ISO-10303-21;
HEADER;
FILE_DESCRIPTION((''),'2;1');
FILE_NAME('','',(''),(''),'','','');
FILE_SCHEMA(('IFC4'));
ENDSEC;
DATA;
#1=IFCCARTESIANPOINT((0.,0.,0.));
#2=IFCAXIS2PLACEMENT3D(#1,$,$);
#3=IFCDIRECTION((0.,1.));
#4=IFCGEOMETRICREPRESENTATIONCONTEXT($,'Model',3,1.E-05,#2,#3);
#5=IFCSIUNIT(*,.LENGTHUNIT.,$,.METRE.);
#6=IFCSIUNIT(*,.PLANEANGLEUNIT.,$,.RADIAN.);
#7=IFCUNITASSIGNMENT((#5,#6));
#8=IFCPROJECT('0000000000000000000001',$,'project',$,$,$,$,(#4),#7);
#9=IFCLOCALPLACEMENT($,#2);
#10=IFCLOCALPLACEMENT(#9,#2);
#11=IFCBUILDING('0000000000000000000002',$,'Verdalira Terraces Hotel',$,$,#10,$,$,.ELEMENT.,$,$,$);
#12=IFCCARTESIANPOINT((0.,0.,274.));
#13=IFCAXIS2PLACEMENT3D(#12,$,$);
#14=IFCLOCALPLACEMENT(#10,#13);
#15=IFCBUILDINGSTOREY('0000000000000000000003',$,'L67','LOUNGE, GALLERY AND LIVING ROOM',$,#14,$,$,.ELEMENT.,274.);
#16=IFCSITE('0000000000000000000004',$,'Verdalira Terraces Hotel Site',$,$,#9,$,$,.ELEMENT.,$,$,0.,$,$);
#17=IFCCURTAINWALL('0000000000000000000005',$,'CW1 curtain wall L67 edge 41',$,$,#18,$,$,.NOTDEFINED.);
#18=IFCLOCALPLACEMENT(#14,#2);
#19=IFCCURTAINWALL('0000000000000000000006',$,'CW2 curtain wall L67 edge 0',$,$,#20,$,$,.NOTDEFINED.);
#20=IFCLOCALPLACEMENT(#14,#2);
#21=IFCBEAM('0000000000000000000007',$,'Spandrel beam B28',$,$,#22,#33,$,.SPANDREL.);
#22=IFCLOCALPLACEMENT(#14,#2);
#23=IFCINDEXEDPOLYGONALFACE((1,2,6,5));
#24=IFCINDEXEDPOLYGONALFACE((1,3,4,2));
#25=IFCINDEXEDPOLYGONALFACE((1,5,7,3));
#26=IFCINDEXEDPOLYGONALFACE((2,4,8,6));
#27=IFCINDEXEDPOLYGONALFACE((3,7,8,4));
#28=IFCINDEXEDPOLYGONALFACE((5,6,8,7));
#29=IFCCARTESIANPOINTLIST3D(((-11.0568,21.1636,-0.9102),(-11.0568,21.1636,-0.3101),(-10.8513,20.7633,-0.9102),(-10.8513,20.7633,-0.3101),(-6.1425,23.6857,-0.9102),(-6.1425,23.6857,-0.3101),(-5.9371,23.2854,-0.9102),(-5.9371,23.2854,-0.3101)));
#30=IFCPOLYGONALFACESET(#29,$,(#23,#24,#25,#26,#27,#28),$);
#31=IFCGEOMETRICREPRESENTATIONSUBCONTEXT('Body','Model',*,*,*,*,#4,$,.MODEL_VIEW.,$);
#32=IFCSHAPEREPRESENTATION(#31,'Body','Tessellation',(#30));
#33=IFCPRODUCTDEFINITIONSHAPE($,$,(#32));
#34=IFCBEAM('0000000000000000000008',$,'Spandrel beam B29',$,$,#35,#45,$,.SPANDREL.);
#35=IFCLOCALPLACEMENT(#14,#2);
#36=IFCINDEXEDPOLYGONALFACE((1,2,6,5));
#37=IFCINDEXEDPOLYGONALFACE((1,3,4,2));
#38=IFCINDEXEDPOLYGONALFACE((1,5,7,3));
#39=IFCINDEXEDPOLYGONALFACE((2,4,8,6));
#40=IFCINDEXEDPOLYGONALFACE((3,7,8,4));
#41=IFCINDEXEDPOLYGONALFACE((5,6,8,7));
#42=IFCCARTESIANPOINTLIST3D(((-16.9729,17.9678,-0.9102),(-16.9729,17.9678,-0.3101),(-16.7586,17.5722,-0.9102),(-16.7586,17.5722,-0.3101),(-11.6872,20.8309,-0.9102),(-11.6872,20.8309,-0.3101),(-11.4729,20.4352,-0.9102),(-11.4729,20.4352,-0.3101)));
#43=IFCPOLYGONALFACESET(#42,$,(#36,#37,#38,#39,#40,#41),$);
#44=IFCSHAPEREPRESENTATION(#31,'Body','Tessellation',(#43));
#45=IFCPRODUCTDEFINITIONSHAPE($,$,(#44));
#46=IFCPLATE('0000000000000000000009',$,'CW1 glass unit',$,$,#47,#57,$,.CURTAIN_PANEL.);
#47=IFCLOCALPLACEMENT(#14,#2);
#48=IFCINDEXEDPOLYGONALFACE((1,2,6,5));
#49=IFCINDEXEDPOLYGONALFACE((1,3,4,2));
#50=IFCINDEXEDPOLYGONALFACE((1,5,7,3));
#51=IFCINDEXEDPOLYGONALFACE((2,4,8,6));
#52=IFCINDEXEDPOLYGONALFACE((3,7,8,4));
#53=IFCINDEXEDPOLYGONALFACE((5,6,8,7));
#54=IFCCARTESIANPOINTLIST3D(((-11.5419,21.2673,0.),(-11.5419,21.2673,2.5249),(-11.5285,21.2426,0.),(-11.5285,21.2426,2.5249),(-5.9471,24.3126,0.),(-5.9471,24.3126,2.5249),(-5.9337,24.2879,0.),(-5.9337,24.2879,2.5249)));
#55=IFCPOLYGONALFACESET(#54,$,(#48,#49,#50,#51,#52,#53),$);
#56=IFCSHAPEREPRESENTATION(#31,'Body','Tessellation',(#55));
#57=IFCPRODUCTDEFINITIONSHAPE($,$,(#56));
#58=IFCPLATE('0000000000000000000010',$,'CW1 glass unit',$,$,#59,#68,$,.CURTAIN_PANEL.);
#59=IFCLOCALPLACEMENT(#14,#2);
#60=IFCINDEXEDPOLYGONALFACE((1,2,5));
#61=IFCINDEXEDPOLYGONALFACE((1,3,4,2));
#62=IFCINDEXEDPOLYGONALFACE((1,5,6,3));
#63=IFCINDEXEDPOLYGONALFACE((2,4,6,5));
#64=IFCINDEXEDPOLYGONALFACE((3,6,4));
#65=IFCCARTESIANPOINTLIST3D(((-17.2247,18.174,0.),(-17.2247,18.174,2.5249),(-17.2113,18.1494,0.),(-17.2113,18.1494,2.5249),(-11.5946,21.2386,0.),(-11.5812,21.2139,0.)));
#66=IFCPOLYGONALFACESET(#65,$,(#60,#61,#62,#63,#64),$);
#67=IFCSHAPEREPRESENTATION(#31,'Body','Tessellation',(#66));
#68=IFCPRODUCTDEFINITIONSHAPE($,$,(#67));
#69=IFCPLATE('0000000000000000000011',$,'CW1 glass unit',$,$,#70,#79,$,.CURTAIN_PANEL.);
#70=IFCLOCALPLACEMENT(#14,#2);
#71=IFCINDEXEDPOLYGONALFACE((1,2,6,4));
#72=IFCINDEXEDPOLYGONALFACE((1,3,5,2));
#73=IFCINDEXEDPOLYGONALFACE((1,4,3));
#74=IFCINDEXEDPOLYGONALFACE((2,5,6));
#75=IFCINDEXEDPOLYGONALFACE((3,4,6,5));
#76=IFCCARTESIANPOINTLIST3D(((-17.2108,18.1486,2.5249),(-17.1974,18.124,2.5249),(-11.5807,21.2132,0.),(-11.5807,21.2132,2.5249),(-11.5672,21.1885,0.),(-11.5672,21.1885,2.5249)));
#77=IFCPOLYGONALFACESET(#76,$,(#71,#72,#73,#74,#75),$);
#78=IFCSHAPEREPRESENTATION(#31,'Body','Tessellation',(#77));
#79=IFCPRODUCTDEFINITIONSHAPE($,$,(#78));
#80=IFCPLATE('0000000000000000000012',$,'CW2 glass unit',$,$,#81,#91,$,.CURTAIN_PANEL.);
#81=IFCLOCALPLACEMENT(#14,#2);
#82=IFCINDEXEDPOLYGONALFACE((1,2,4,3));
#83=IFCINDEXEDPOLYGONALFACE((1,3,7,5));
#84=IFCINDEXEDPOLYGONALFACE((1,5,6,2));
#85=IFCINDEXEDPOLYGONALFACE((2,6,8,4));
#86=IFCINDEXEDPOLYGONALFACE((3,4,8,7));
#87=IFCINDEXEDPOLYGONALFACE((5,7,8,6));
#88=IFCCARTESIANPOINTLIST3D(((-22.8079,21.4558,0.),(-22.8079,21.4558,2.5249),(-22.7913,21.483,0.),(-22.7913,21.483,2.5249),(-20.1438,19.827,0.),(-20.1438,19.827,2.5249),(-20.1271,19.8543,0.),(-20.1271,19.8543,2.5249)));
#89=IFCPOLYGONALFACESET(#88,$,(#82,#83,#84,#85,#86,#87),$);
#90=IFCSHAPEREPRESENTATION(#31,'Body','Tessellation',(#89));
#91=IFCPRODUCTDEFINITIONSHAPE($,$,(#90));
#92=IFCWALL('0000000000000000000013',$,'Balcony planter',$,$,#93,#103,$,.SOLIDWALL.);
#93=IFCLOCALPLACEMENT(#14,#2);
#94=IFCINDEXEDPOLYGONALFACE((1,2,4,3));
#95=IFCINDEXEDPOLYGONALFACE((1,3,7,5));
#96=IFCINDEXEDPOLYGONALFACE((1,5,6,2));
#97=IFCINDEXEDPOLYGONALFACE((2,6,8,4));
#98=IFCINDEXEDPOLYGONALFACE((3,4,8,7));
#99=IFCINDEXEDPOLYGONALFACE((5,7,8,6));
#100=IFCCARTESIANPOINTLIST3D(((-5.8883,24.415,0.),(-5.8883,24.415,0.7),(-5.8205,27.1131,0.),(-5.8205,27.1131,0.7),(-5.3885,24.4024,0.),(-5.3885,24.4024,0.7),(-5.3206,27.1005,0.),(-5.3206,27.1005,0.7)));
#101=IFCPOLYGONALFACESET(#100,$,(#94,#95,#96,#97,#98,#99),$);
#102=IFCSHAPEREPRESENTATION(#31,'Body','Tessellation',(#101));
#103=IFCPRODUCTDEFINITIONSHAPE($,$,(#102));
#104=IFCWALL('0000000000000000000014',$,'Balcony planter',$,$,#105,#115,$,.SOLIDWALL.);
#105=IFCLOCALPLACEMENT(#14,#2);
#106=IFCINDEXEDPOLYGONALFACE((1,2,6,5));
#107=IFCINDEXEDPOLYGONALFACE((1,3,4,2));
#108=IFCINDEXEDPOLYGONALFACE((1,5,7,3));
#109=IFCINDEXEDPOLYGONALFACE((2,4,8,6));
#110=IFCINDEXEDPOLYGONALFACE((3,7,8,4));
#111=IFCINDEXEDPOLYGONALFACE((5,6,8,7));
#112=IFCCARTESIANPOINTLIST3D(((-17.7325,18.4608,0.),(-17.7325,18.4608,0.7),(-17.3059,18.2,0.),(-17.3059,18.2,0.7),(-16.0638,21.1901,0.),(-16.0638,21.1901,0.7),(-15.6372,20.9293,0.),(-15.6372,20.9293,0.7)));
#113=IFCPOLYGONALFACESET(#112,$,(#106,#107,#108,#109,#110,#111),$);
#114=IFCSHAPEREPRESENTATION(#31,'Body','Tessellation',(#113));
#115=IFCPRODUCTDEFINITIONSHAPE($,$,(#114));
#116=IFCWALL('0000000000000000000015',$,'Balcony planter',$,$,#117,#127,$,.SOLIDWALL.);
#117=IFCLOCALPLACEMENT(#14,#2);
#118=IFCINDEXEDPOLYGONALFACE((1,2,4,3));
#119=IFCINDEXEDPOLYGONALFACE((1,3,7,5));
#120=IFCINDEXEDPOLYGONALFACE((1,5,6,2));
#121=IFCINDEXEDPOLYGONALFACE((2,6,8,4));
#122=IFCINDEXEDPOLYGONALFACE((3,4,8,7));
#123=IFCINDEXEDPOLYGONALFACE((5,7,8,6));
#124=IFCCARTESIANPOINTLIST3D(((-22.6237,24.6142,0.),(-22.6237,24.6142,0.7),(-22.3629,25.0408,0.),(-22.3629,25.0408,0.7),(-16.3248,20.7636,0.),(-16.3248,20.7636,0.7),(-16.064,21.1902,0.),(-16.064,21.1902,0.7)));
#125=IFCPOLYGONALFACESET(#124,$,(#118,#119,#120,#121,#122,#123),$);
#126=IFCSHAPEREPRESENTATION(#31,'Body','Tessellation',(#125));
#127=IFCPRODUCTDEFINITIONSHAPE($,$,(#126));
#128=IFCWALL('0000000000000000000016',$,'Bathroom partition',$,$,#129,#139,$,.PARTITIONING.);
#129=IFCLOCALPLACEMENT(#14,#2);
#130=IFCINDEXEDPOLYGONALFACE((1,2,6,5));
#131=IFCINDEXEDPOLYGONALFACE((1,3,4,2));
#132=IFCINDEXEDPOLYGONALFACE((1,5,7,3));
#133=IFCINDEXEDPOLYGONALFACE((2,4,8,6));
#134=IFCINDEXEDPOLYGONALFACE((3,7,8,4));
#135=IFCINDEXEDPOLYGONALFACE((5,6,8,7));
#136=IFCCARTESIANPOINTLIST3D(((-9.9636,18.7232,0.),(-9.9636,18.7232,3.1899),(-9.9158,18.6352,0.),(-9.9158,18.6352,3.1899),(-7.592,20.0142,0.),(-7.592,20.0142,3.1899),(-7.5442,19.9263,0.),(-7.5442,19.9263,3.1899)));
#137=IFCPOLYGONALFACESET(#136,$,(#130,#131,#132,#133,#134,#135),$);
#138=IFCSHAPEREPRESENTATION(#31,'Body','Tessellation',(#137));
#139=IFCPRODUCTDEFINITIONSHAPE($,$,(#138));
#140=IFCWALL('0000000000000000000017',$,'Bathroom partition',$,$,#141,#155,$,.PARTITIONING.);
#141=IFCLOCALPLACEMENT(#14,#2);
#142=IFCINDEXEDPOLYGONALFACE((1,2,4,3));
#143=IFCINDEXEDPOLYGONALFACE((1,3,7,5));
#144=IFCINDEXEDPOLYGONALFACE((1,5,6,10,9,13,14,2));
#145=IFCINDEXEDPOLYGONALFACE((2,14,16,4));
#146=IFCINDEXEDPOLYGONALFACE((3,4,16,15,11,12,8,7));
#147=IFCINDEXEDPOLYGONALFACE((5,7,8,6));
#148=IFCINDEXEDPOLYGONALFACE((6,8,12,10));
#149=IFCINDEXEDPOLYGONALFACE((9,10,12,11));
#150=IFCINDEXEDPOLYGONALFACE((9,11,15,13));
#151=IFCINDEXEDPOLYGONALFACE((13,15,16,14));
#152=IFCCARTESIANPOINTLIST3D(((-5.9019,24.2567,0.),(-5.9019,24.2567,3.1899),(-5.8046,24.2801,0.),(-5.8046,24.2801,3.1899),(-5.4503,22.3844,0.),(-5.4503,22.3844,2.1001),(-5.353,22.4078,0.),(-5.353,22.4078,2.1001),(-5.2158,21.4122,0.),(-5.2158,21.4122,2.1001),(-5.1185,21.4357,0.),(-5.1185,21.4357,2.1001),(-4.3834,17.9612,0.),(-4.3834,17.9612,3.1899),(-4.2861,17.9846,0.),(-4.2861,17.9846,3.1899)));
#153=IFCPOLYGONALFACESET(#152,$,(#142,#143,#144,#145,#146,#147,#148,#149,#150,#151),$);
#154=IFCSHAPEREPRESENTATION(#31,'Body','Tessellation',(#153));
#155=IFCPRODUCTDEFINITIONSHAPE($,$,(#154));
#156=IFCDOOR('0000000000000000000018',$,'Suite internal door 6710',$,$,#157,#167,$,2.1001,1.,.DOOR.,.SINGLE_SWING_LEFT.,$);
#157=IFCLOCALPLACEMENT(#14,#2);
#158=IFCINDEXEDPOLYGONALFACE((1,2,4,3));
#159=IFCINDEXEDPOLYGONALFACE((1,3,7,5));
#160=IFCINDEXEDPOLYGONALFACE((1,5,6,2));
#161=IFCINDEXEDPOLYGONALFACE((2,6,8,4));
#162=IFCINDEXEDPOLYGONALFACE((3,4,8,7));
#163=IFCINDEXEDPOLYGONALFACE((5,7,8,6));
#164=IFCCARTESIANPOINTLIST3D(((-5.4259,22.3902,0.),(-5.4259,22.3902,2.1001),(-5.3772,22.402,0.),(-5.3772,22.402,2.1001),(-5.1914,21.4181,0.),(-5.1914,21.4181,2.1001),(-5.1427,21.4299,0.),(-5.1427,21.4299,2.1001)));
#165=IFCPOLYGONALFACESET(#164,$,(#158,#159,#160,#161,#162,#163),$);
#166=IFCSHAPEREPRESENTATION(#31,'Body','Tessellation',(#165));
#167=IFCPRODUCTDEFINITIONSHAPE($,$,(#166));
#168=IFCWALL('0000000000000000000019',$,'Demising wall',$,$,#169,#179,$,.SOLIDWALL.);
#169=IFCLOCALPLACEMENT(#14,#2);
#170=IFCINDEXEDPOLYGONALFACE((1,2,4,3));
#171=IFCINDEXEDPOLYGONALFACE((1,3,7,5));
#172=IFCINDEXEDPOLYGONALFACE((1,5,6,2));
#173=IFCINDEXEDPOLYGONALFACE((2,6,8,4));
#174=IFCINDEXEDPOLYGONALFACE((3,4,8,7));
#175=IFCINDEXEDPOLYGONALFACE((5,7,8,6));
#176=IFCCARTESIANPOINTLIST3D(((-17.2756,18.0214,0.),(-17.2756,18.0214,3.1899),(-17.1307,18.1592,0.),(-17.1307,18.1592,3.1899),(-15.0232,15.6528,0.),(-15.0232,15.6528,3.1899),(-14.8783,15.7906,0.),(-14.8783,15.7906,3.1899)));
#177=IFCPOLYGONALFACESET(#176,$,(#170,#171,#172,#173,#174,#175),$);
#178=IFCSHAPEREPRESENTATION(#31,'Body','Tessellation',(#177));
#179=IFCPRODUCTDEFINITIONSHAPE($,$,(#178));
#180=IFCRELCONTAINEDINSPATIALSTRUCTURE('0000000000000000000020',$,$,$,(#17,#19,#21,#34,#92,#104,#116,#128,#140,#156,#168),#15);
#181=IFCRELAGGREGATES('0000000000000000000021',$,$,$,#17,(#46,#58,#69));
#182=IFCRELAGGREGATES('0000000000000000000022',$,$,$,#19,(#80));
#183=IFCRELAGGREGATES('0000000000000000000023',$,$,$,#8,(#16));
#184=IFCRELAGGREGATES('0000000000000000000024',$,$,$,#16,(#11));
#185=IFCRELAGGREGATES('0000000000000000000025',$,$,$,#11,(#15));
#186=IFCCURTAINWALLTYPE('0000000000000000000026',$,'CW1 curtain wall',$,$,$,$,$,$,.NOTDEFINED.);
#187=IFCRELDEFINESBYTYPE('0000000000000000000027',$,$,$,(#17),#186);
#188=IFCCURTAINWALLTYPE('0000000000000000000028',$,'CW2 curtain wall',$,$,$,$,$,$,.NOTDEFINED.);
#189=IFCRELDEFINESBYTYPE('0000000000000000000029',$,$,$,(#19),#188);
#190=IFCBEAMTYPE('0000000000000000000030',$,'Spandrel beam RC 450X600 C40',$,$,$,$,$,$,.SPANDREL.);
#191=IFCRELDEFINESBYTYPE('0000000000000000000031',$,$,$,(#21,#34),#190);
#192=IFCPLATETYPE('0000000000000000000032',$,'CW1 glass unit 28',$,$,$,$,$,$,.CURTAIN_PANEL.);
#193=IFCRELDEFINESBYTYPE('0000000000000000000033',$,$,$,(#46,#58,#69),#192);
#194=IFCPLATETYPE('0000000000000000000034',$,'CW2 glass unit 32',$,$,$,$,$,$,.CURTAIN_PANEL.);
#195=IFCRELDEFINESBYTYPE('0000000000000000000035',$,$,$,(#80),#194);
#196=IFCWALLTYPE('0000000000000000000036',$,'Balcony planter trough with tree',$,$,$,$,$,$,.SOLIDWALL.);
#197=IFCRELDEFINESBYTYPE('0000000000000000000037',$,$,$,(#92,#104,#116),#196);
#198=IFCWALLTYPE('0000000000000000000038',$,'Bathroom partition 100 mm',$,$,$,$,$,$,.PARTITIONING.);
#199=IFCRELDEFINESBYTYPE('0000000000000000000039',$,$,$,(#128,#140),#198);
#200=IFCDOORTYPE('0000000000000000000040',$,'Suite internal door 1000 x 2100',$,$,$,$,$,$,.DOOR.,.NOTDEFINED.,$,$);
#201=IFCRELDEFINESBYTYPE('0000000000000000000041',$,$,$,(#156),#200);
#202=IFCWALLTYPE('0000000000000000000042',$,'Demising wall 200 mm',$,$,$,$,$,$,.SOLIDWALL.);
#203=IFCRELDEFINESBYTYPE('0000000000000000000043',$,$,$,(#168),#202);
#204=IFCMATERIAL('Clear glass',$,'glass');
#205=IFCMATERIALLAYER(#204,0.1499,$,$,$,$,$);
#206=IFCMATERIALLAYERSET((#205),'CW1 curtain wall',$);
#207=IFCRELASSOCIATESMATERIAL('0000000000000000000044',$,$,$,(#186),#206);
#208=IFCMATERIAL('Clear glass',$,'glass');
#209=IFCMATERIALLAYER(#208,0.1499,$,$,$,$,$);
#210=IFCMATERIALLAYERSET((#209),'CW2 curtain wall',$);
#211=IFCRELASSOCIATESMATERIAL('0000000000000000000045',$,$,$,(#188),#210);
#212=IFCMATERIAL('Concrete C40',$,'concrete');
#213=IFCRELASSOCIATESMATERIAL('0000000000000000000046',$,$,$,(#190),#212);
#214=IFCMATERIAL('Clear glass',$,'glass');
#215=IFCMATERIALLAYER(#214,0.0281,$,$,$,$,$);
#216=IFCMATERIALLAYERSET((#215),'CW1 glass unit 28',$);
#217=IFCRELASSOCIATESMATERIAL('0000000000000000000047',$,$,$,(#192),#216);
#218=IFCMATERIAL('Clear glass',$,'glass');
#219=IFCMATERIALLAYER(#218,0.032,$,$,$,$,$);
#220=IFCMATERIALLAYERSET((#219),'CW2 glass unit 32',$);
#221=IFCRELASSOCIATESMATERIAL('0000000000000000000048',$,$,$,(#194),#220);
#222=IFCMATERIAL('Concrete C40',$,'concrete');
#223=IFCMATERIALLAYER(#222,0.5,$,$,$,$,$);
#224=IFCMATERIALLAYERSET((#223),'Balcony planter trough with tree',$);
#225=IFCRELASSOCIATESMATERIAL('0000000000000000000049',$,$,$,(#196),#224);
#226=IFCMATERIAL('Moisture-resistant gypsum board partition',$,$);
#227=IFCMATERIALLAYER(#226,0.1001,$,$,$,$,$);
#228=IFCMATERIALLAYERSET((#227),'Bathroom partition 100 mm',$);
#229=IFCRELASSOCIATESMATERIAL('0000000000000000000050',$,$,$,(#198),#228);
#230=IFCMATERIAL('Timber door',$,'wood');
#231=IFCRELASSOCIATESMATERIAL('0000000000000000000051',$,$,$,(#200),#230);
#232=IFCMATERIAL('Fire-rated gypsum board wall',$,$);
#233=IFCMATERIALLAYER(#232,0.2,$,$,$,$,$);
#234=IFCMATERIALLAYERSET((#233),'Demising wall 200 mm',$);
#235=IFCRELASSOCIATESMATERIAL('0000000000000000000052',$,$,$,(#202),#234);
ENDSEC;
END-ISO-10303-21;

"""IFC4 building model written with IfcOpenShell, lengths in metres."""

from ifc_helpers import new_model, si_unit, direction, frame, frame_2d, origin, origin_2d, place, context, subcontext, project, spatial, polyline, rectangle, outline, extrude, material, layer, layer_set, material_profile, profile_set, type_object, element, fill, aggregate, save


model = new_model("IFC4")

# Units and contexts
model_context = context("Model", 3, precision=1e-05, world=origin(), true_north=direction((0.0, 1.0)))
body_context = subcontext(model_context, "Body", "Model", "MODEL_VIEW")
ifc_project = project(units=[si_unit("LENGTHUNIT", "METRE"), si_unit("PLANEANGLEUNIT", "RADIAN")], contexts=[model_context])

# Site, building, storey
site_placement = place(None, origin())
site = spatial("IfcSite", under=ifc_project, at=site_placement, Name="Verdalira Terraces Hotel Site", CompositionType="ELEMENT", RefElevation=0.0)
building_placement = place(site_placement, origin())
building = spatial("IfcBuilding", under=site, at=building_placement, Name="Verdalira Terraces Hotel", CompositionType="ELEMENT")
storey_placement = place(building_placement, frame((0.0, 0.0, 274.0)))
storey = spatial("IfcBuildingStorey", under=building, at=storey_placement, Name="L67", Description="LOUNGE, GALLERY AND LIVING ROOM", CompositionType="ELEMENT", Elevation=274.0)

# Shared definitions
ifc_material_1 = material(Name="Clear glass", Category="glass")
ifc_layer_1 = layer(ifc_material_1, 0.1499)
ifc_layer_set_1 = layer_set([ifc_layer_1], Name="CW1 curtain wall")
curtain_wall_type_1 = type_object("IfcCurtainWallType", Name="CW1 curtain wall", PredefinedType="NOTDEFINED", material=ifc_layer_set_1)

# Curtain walls
curtain_wall_1_placement = place(storey_placement, origin())
curtain_wall_1 = element("IfcCurtainWall", 1, at=curtain_wall_1_placement, inside=storey, type_object=curtain_wall_type_1, Name="CW1 curtain wall L67 edge 41", PredefinedType="NOTDEFINED")
ifc_material_2 = material(Name="Clear glass", Category="glass")
ifc_layer_2 = layer(ifc_material_2, 0.1499)
ifc_layer_set_2 = layer_set([ifc_layer_2], Name="CW2 curtain wall")
curtain_wall_type_2 = type_object("IfcCurtainWallType", Name="CW2 curtain wall", PredefinedType="NOTDEFINED", material=ifc_layer_set_2)
curtain_wall_2_placement = place(storey_placement, origin())
curtain_wall_2 = element("IfcCurtainWall", 2, at=curtain_wall_2_placement, inside=storey, type_object=curtain_wall_type_2, Name="CW2 curtain wall L67 edge 0", PredefinedType="NOTDEFINED")

# Beams
ifc_material_3 = material(Name="Concrete C40", Category="concrete")
ifc_material_profile_1 = material_profile(ifc_material_3, rectangle(XDim=0.45, YDim=0.6001, at=origin_2d()), Name="RC 450X600")
ifc_profile_set_1 = profile_set([ifc_material_profile_1], Name="Concrete C40")
beam_type_1 = type_object("IfcBeamType", Name="Spandrel beam RC 450X600 C40", PredefinedType="SPANDREL", material=ifc_profile_set_1)
beam_1_placement = place(storey_placement, frame((-6.0398, 23.4856, -0.6101), z_axis=(-0.889666, -0.456612, 0.0), x_axis=(0.456612, -0.889666, 0.0)))
element("IfcBeam", 3, at=beam_1_placement, inside=storey, type_object=beam_type_1, Name="Spandrel beam B28", PredefinedType="SPANDREL", context=body_context, shape_type="SweptSolid", body=[
    extrude(rectangle(XDim=0.45, YDim=0.6001, at=origin_2d()), origin(), (0.0, 0.0, 1.0), 5.5237),
])
beam_2_placement = place(storey_placement, frame((-11.5801, 20.6331, -0.6101), z_axis=(-0.879293, -0.476281, 0.0), x_axis=(0.476281, -0.879293, 0.0)))
element("IfcBeam", 4, at=beam_2_placement, inside=storey, type_object=beam_type_1, Name="Spandrel beam B29", PredefinedType="SPANDREL", context=body_context, shape_type="SweptSolid", body=[
    extrude(rectangle(XDim=0.45, YDim=0.6001, at=origin_2d()), origin(), (0.0, 0.0, 1.0), 6.0112),
])

# Plates
ifc_material_4 = material(Name="Clear glass", Category="glass")
ifc_layer_3 = layer(ifc_material_4, 0.0281)
ifc_layer_set_3 = layer_set([ifc_layer_3], Name="CW1 glass unit 28")
plate_type_1 = type_object("IfcPlateType", Name="CW1 glass unit 28", PredefinedType="CURTAIN_PANEL", material=ifc_layer_set_3)
plate_1_placement = place(storey_placement, frame((-8.7378, 22.7776, 0.0), z_axis=(0.0, 0.0, 1.0), x_axis=(-0.878317, -0.478079, 0.0)))
plate_1 = element("IfcPlate", 5, at=plate_1_placement, type_object=plate_type_1, Name="CW1 glass unit", PredefinedType="CURTAIN_PANEL", context=body_context, shape_type="SweptSolid", body=[
    extrude(rectangle(XDim=6.3699, YDim=0.0281, at=origin_2d()), origin(), (0.0, 0.0, 1.0), 2.5249),
])
plate_2_placement = place(storey_placement, frame((-14.3962, 19.6816, 1.2625), z_axis=(-0.478079, 0.878317, 0.0), x_axis=(-0.878317, -0.478079, 0.0)))
plate_2 = element("IfcPlate", 6, at=plate_2_placement, type_object=plate_type_1, Name="CW1 glass unit", PredefinedType="CURTAIN_PANEL", context=body_context, shape_type="SweptSolid", body=[
    extrude(outline(polyline([(-3.2051, -1.2625), (3.2051, -1.2625), (3.2051, 1.2625), (-3.2051, -1.2625)])), origin(), (0.0, 0.0, 1.0), 0.0281),
])
plate_3_placement = place(storey_placement, frame((-14.3823, 19.6562, 1.2625), z_axis=(-0.478079, 0.878317, 0.0), x_axis=(-0.878317, -0.478079, 0.0)))
plate_3 = element("IfcPlate", 7, at=plate_3_placement, type_object=plate_type_1, Name="CW1 glass unit", PredefinedType="CURTAIN_PANEL", context=body_context, shape_type="SweptSolid", body=[
    extrude(outline(polyline([(-3.2051, -1.2625), (3.2051, 1.2625), (-3.2051, 1.2625), (-3.2051, -1.2625)])), origin(), (0.0, 0.0, 1.0), 0.0281),
])
aggregate(curtain_wall_1, [plate_1, plate_2, plate_3])
ifc_material_5 = material(Name="Clear glass", Category="glass")
ifc_layer_4 = layer(ifc_material_5, 0.032)
ifc_layer_set_4 = layer_set([ifc_layer_4], Name="CW2 glass unit 32")
plate_type_2 = type_object("IfcPlateType", Name="CW2 glass unit 32", PredefinedType="CURTAIN_PANEL", material=ifc_layer_set_4)
plate_4_placement = place(storey_placement, frame((-21.4675, 20.655, 0.0), z_axis=(0.0, 0.0, 1.0), x_axis=(-0.853187, 0.521605, 0.0)))
plate_4 = element("IfcPlate", 8, at=plate_4_placement, type_object=plate_type_2, Name="CW2 glass unit", PredefinedType="CURTAIN_PANEL", context=body_context, shape_type="SweptSolid", body=[
    extrude(rectangle(XDim=3.1226, YDim=0.032, at=origin_2d()), origin(), (0.0, 0.0, 1.0), 2.5249),
])
aggregate(curtain_wall_2, [plate_4])

# Walls
ifc_material_6 = material(Name="Concrete C40", Category="concrete")
ifc_layer_5 = layer(ifc_material_6, 0.5)
ifc_layer_set_5 = layer_set([ifc_layer_5], Name="Balcony planter trough with tree")
wall_type_1 = type_object("IfcWallType", Name="Balcony planter trough with tree", PredefinedType="SOLIDWALL", material=ifc_layer_set_5)
wall_1_placement = place(storey_placement, frame((-5.5706, 27.1069, 0.0), z_axis=(0.0, 0.0, 1.0), x_axis=(-0.025146, -0.999684, 0.0)))
element("IfcWall", 9, at=wall_1_placement, inside=storey, type_object=wall_type_1, Name="Balcony planter", PredefinedType="SOLIDWALL", context=body_context, shape_type="SweptSolid", body=[
    extrude(rectangle(XDim=2.699, YDim=0.5, at=frame_2d((1.3496, 0.0))), origin(), (0.0, 0.0, 1.0), 0.7),
])
wall_2_placement = place(storey_placement, frame((-17.5193, 18.3303, 0.0), z_axis=(0.0, 0.0, 1.0), x_axis=(0.521638, 0.853167, 0.0)))
element("IfcWall", 10, at=wall_2_placement, inside=storey, type_object=wall_type_1, Name="Balcony planter", PredefinedType="SOLIDWALL", context=body_context, shape_type="SweptSolid", body=[
    extrude(rectangle(XDim=3.199, YDim=0.5, at=frame_2d((1.5996, 0.0))), origin(), (0.0, 0.0, 1.0), 0.7),
])
wall_3_placement = place(storey_placement, frame((-16.1943, 20.9768, 0.0), z_axis=(0.0, 0.0, 1.0), x_axis=(-0.853203, 0.521578, 0.0)))
element("IfcWall", 11, at=wall_3_placement, inside=storey, type_object=wall_type_1, Name="Balcony planter", PredefinedType="SOLIDWALL", context=body_context, shape_type="SweptSolid", body=[
    extrude(rectangle(XDim=7.3826, YDim=0.5, at=frame_2d((3.6914, 0.0))), origin(), (0.0, 0.0, 1.0), 0.7),
])
ifc_material_7 = material(Name="Moisture-resistant gypsum board partition")
ifc_layer_6 = layer(ifc_material_7, 0.1001)
ifc_layer_set_6 = layer_set([ifc_layer_6], Name="Bathroom partition 100 mm")
wall_type_2 = type_object("IfcWallType", Name="Bathroom partition 100 mm", PredefinedType="PARTITIONING", material=ifc_layer_set_6)
wall_4_placement = place(storey_placement, frame((-7.5681, 19.9702, 0.0), z_axis=(0.0, 0.0, 1.0), x_axis=(-0.878296, -0.478117, 0.0)))
element("IfcWall", 12, at=wall_4_placement, inside=storey, type_object=wall_type_2, Name="Bathroom partition", PredefinedType="PARTITIONING", context=body_context, shape_type="SweptSolid", body=[
    extrude(rectangle(XDim=2.7002, YDim=0.1001, at=frame_2d((1.3501, 0.0))), origin(), (0.0, 0.0, 1.0), 3.1899),
])

# Wall, opening, door
wall_5_placement = place(storey_placement, frame((-4.3347, 17.9729, 0.0), z_axis=(0.0, 0.0, 1.0), x_axis=(-0.234491, 0.972118, 0.0)))
wall_5 = element("IfcWall", 13, at=wall_5_placement, inside=storey, type_object=wall_type_2, Name="Bathroom partition", PredefinedType="PARTITIONING", context=body_context, shape_type="SweptSolid", body=[
    extrude(rectangle(XDim=6.4761, YDim=0.1001, at=frame_2d((3.238, 0.0))), origin(), (0.0, 0.0, 1.0), 3.1899),
])
opening_1_placement = place(wall_5_placement, frame((3.55, 0.0, 0.0)))
opening_1 = element("IfcOpeningElement", 14, at=opening_1_placement, cuts=wall_5, PredefinedType="OPENING", context=body_context, shape_type="SweptSolid", body=[
    extrude(rectangle(XDim=1.0, YDim=2.1001, at=frame_2d((0.5, 1.05))), frame((0.0, 0.0601, 0.0), z_axis=(0.0, -1.0, 0.0), x_axis=(1.0, 0.0, 0.0)), (0.0, 0.0, 1.0), 0.1201),
])
ifc_material_8 = material(Name="Timber door", Category="wood")
door_type_1 = type_object("IfcDoorType", Name="Suite internal door 1000 x 2100", OperationType="NOTDEFINED", PredefinedType="DOOR", material=ifc_material_8)
door_1_placement = place(opening_1_placement, origin())
door_1 = element("IfcDoor", 15, at=door_1_placement, inside=storey, type_object=door_type_1, Name="Suite internal door 6710", OperationType="SINGLE_SWING_LEFT", OverallHeight=2.1001, OverallWidth=1.0, PredefinedType="DOOR", context=body_context, shape_type="SweptSolid", body=[
    extrude(rectangle(XDim=1.0, YDim=2.1001, at=frame_2d((0.5, 1.05))), frame((0.0, 0.0249, 0.0), z_axis=(0.0, -1.0, 0.0), x_axis=(1.0, 0.0, 0.0)), (0.0, 0.0, 1.0), 0.05),
])
fill(opening_1, door_1)

# Wall
ifc_material_9 = material(Name="Fire-rated gypsum board wall")
ifc_layer_7 = layer(ifc_material_9, 0.2)
ifc_layer_set_7 = layer_set([ifc_layer_7], Name="Demising wall 200 mm")
wall_type_3 = type_object("IfcWallType", Name="Demising wall 200 mm", PredefinedType="SOLIDWALL", material=ifc_layer_set_7)
wall_6_placement = place(storey_placement, frame((-17.2031, 18.0903, 0.0), z_axis=(0.0, 0.0, 1.0), x_axis=(0.689107, -0.72466, 0.0)))
element("IfcWall", 16, at=wall_6_placement, inside=storey, type_object=wall_type_3, Name="Demising wall", PredefinedType="SOLIDWALL", context=body_context, shape_type="SweptSolid", body=[
    extrude(rectangle(XDim=3.2686, YDim=0.2, at=frame_2d((1.6343, 0.0))), origin(), (0.0, 0.0, 1.0), 3.1899),
])

save(model, "model.ifc")
